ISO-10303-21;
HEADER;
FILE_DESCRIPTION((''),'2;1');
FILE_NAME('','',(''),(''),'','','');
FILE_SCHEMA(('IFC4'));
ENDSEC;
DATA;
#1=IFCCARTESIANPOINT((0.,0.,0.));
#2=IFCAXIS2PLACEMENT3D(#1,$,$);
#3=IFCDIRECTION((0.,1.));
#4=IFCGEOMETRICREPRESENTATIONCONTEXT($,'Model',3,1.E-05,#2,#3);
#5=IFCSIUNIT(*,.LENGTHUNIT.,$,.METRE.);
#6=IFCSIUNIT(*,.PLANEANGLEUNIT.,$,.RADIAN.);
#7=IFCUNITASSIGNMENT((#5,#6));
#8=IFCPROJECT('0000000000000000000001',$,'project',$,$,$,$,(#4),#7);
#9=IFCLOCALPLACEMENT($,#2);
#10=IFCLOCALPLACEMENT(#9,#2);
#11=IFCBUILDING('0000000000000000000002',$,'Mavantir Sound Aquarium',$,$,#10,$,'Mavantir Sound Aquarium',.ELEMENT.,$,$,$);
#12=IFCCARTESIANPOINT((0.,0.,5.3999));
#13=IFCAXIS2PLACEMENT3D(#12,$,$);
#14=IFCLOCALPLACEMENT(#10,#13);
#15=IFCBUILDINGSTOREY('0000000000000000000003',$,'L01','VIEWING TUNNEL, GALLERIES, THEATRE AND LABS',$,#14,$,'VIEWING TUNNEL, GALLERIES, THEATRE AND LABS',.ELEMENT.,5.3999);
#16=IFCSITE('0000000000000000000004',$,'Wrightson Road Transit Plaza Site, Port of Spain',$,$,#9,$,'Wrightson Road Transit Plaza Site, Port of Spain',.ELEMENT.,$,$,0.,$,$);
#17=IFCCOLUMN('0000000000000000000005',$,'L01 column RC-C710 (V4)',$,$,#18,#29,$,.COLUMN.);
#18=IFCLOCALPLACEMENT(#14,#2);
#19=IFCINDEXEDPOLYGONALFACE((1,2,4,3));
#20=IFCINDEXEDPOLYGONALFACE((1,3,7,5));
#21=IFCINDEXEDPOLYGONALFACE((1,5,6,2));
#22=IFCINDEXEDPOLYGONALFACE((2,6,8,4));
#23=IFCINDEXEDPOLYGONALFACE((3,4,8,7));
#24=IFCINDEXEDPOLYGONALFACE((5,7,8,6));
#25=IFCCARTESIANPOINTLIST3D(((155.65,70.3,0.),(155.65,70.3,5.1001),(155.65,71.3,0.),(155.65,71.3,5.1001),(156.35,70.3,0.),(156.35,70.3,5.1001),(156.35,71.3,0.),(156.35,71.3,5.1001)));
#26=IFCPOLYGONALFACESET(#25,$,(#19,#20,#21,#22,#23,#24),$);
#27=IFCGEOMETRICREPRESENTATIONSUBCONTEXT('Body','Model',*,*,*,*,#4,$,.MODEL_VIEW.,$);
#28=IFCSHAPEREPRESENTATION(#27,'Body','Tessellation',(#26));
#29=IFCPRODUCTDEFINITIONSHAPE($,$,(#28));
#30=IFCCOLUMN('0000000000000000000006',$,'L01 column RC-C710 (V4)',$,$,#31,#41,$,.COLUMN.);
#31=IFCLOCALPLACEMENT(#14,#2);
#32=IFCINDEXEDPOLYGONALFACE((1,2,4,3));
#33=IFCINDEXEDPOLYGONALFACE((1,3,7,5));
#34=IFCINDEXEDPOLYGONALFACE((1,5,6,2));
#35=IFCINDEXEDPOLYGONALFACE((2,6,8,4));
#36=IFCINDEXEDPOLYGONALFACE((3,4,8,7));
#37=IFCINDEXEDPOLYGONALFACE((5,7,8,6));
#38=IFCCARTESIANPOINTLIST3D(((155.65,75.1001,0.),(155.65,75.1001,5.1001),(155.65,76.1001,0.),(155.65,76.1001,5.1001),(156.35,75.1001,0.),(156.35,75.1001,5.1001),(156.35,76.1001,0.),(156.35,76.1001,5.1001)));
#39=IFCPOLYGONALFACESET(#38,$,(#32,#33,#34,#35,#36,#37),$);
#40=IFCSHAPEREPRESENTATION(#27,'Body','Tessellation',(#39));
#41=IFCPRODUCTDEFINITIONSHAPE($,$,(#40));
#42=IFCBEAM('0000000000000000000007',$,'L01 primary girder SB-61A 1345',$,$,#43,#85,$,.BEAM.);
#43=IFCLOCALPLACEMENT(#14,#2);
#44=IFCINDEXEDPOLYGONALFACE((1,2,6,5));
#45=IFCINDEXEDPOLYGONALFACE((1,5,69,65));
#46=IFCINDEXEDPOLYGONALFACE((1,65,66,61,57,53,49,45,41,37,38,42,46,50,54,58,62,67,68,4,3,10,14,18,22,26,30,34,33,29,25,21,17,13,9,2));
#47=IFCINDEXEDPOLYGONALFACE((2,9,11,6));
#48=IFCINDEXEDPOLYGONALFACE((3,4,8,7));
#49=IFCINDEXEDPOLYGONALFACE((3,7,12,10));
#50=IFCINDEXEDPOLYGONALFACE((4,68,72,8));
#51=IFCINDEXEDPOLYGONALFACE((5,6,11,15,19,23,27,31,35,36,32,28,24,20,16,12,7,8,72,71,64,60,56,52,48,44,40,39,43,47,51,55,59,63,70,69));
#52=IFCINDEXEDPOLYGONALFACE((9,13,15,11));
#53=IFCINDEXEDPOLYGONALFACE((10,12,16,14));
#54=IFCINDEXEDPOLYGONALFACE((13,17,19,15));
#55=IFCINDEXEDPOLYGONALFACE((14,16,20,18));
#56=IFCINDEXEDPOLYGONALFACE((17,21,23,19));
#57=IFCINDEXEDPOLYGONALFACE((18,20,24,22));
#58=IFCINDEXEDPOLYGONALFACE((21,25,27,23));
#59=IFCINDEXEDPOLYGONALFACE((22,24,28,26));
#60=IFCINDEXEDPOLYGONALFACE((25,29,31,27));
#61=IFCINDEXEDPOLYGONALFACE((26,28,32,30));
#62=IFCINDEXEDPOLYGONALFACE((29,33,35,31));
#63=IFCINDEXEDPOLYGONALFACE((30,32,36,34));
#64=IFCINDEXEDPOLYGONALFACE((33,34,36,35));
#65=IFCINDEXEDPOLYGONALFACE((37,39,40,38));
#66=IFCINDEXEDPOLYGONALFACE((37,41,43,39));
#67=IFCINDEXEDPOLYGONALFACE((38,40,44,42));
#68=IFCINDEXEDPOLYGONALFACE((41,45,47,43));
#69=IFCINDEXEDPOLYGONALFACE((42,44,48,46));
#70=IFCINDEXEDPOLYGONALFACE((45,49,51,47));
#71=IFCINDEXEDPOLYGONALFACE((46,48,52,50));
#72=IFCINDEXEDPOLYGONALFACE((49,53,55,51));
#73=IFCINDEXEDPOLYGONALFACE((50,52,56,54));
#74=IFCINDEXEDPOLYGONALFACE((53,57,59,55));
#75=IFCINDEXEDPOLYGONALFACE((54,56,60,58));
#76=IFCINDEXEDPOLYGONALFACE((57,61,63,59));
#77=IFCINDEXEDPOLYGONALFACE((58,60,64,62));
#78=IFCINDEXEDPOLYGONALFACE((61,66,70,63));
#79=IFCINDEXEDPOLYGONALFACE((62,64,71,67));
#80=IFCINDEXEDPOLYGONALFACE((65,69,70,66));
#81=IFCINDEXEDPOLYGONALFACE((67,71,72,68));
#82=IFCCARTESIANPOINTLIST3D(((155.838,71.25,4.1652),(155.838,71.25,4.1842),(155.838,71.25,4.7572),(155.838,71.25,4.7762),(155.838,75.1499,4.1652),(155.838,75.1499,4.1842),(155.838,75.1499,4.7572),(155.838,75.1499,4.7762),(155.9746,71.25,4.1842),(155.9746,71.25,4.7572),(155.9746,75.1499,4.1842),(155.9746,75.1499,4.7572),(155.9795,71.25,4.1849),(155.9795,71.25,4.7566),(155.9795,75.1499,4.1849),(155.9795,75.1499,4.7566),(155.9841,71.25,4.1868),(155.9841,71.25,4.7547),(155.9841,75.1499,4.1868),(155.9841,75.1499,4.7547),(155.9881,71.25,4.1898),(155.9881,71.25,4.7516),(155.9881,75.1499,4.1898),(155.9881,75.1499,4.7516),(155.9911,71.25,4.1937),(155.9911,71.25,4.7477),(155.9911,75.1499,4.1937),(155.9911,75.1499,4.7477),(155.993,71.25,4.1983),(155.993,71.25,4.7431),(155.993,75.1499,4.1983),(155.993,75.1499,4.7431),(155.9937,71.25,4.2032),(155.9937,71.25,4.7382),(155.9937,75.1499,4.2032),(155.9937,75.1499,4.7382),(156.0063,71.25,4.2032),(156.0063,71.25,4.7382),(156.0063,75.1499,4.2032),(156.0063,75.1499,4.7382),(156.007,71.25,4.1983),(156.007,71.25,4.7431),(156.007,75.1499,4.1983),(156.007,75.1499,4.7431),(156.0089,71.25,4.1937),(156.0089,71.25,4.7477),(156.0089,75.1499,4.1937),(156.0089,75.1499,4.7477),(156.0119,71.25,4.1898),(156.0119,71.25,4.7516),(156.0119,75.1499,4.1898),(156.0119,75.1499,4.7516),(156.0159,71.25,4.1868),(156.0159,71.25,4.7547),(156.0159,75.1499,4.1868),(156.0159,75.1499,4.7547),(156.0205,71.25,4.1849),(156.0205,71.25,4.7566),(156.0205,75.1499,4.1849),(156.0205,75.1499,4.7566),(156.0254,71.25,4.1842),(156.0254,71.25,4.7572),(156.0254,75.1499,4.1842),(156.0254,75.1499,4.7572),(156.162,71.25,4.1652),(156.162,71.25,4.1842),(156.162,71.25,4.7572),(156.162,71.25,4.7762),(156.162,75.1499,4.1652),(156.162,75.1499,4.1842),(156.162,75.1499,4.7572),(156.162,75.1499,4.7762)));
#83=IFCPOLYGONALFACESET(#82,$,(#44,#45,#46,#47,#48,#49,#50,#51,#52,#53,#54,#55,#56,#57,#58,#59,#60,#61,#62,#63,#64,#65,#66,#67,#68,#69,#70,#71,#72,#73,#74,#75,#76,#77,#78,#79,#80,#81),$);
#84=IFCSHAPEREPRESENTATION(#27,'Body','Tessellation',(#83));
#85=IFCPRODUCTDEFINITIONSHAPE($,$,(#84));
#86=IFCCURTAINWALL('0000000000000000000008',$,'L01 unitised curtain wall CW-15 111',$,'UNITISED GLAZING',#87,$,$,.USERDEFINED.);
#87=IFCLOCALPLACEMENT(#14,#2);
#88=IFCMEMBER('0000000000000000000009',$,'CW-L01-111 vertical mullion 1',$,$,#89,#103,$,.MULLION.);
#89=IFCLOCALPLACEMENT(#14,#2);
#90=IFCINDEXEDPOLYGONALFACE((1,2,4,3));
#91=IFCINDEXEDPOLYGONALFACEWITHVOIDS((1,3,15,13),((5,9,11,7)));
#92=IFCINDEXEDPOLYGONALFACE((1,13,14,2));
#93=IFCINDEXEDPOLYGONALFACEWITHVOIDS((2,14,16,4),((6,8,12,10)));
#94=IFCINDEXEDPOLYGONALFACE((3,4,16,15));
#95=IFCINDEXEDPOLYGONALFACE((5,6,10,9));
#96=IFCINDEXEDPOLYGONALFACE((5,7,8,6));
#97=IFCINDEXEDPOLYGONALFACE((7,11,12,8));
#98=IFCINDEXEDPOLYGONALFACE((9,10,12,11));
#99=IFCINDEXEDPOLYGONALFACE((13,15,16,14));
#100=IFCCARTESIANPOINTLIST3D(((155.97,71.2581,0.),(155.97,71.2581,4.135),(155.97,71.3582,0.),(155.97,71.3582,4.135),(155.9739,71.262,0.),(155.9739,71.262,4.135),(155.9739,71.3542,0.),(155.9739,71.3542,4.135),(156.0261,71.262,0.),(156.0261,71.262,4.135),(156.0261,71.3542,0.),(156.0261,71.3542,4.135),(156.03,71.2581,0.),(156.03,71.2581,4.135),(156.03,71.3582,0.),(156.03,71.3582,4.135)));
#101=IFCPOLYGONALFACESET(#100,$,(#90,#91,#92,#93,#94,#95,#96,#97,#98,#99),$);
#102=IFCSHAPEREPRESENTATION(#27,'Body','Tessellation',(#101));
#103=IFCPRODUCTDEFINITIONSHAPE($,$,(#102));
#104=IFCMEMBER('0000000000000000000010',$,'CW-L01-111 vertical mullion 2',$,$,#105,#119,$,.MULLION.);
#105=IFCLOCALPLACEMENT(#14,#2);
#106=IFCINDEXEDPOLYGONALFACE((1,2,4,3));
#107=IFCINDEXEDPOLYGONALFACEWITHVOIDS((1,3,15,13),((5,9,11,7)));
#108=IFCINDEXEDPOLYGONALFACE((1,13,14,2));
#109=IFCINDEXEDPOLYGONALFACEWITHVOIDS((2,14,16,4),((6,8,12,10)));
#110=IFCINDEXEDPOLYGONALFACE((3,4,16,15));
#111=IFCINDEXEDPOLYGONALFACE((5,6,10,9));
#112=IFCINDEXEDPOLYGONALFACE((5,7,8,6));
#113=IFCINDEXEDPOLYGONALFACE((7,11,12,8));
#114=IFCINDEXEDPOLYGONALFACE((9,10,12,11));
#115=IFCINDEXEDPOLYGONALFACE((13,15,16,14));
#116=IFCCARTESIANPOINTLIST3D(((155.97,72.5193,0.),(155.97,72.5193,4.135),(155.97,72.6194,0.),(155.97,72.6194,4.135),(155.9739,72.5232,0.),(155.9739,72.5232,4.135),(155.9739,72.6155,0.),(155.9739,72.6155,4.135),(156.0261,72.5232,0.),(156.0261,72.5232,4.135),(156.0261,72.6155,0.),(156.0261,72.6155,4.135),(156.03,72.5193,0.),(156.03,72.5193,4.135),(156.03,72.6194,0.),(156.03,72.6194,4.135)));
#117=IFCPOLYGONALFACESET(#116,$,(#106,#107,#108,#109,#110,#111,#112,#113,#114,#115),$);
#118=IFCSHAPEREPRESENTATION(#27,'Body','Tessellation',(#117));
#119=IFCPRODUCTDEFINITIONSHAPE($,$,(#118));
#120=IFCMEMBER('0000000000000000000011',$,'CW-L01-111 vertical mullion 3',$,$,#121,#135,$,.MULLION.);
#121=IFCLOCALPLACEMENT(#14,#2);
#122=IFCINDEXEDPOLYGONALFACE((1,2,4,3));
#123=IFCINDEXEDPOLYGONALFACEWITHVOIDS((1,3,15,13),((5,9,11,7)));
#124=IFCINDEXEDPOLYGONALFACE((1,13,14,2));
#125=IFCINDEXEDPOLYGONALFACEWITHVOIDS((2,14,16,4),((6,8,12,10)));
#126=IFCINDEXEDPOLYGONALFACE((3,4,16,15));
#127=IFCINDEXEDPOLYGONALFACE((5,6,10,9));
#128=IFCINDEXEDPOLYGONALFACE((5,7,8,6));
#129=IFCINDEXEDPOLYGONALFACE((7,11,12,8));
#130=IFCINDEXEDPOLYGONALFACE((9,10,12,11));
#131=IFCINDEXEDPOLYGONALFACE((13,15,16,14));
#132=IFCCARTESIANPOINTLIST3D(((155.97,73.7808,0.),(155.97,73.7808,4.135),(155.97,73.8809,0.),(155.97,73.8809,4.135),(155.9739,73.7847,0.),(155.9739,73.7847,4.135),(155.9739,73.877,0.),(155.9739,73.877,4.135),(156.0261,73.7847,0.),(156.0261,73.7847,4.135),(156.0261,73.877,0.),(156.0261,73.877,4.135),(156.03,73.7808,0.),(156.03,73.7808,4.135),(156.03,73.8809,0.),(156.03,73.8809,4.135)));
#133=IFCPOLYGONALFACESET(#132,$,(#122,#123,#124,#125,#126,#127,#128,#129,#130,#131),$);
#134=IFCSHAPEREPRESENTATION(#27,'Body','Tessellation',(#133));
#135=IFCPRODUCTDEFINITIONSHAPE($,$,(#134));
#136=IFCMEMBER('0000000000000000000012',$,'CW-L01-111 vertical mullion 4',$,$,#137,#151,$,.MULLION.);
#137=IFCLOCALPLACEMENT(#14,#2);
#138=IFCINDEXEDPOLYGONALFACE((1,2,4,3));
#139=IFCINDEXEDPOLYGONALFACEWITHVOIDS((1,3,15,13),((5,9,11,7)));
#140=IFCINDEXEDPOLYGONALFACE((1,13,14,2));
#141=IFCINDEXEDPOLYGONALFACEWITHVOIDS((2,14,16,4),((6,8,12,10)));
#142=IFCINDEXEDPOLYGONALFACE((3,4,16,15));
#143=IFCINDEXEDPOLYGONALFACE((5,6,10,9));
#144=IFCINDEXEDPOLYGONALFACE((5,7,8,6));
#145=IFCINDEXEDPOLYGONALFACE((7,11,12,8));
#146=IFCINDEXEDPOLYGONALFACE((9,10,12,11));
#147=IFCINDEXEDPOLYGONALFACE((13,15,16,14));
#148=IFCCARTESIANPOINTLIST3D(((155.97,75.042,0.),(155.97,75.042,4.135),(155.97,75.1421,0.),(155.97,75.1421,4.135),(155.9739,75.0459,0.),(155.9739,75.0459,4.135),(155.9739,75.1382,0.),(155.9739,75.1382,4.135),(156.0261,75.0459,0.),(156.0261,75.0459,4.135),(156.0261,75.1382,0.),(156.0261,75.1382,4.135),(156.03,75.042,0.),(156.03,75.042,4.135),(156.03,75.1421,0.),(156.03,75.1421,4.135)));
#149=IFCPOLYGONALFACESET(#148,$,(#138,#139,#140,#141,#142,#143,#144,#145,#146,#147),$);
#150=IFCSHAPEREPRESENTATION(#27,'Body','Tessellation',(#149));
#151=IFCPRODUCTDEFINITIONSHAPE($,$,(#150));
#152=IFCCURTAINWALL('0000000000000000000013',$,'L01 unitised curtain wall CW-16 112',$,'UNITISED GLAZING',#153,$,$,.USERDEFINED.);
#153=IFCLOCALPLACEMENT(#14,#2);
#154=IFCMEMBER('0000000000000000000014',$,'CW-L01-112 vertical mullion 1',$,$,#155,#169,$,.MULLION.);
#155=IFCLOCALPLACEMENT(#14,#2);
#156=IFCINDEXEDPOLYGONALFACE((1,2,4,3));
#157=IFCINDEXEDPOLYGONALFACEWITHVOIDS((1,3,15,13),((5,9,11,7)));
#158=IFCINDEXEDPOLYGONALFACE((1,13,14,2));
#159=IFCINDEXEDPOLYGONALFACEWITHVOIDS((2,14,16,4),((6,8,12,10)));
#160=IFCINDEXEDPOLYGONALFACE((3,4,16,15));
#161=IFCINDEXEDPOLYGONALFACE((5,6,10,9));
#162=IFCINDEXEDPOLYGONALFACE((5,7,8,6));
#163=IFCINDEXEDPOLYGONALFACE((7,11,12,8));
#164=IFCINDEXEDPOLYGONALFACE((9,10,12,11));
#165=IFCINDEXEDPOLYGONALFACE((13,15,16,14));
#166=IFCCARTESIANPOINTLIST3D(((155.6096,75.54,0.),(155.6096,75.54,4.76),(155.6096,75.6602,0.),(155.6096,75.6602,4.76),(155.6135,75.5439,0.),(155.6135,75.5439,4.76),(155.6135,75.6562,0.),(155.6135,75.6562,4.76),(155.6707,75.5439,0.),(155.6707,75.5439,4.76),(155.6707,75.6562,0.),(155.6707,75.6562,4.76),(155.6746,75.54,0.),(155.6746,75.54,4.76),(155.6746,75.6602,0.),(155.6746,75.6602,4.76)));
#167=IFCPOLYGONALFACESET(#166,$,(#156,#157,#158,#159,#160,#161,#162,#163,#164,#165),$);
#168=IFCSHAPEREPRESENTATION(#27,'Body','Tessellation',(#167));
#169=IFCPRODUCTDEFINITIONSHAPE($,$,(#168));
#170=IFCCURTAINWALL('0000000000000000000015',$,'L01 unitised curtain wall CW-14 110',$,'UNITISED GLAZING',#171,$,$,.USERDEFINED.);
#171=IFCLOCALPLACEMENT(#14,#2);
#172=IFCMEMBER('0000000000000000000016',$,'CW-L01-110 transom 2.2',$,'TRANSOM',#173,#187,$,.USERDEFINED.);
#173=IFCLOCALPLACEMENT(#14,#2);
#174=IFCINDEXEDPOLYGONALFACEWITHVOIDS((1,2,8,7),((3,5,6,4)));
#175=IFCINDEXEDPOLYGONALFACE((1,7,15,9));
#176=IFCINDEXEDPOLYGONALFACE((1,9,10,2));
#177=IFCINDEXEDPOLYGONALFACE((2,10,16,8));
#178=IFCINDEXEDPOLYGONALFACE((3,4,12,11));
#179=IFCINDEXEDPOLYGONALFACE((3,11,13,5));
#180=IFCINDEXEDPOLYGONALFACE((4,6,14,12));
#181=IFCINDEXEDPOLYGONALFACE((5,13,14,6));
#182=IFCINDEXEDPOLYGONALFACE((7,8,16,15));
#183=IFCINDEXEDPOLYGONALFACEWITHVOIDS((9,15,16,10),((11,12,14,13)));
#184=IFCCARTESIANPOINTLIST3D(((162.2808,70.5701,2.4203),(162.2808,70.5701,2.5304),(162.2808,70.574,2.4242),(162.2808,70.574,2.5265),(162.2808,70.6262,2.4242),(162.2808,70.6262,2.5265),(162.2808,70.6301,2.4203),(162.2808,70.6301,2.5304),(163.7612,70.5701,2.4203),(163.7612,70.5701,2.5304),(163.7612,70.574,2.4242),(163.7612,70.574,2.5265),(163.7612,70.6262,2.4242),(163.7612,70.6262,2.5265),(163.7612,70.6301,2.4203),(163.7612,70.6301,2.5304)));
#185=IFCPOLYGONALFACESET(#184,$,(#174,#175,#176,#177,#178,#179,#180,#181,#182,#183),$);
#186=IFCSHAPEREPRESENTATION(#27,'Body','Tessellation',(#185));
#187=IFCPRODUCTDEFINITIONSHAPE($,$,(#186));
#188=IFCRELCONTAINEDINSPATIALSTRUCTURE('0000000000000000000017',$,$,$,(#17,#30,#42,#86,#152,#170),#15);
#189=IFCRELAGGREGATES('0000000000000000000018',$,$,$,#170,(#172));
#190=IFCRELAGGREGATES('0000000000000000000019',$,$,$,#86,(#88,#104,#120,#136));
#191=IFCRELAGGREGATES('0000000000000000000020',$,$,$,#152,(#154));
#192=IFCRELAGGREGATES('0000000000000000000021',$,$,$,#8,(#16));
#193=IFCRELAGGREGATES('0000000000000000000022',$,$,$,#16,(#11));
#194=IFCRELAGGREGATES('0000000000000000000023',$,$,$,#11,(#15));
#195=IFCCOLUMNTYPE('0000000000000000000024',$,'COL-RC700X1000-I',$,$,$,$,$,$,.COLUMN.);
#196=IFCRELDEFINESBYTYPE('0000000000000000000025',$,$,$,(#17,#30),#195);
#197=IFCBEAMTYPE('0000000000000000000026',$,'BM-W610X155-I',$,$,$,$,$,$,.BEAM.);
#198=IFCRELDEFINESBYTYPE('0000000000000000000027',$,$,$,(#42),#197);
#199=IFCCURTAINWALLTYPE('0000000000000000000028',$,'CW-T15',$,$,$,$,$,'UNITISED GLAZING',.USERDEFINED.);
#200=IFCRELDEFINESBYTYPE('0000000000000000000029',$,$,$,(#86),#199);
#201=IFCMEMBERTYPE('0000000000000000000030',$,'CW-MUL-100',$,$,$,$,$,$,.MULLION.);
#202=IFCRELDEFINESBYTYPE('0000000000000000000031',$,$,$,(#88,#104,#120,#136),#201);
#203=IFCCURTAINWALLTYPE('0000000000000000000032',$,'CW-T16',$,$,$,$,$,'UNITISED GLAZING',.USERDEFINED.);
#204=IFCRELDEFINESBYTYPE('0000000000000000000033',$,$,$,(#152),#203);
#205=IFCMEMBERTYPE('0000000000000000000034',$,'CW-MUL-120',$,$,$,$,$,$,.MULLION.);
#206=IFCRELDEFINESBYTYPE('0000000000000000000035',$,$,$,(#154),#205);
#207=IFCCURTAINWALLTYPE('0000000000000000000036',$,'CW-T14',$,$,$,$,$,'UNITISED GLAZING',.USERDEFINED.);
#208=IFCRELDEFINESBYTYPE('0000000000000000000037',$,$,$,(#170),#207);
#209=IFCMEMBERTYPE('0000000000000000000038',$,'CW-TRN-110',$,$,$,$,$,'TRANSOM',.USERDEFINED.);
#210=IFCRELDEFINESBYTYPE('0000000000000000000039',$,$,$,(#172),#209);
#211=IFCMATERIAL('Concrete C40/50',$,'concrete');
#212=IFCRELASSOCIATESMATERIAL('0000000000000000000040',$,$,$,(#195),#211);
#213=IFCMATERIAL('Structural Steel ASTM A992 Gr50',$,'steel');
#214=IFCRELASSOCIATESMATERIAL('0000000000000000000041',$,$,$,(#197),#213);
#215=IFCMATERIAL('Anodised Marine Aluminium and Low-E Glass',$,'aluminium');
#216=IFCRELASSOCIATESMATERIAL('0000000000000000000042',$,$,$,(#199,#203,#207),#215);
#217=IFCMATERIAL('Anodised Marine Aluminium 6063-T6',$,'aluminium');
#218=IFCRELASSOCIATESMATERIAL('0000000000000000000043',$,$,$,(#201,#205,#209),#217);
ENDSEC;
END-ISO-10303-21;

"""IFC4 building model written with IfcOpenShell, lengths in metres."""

from ifc_helpers import new_model, si_unit, direction, frame, origin, origin_2d, place, context, subcontext, project, spatial, rectangle, hollow_rectangle, i_section, extrude, material, material_profile, profile_set, type_object, element, aggregate, save


model = new_model("IFC4")

# Units and contexts
model_context = context("Model", 3, precision=1e-05, world=origin(), true_north=direction((0.0, 1.0)))
body_context = subcontext(model_context, "Body", "Model", "MODEL_VIEW")
ifc_project = project(units=[si_unit("LENGTHUNIT", "METRE"), si_unit("PLANEANGLEUNIT", "RADIAN")], contexts=[model_context])

# Site, building, storey
site_placement = place(None, origin())
site = spatial("IfcSite", under=ifc_project, at=site_placement, Name="Wrightson Road Transit Plaza Site, Port of Spain", LongName="Wrightson Road Transit Plaza Site, Port of Spain", CompositionType="ELEMENT", RefElevation=0.0)
building_placement = place(site_placement, origin())
building = spatial("IfcBuilding", under=site, at=building_placement, Name="Mavantir Sound Aquarium", LongName="Mavantir Sound Aquarium", CompositionType="ELEMENT")
storey_placement = place(building_placement, frame((0.0, 0.0, 5.3999)))
storey = spatial("IfcBuildingStorey", under=building, at=storey_placement, Name="L01", Description="VIEWING TUNNEL, GALLERIES, THEATRE AND LABS", LongName="VIEWING TUNNEL, GALLERIES, THEATRE AND LABS", CompositionType="ELEMENT", Elevation=5.3999)

# Columns
ifc_material_1 = material(Name="Concrete C40/50", Category="concrete")
ifc_material_profile_1 = material_profile(ifc_material_1, rectangle(XDim=0.7, YDim=1.0, at=origin_2d()), Name="RC 700X1000")
ifc_profile_set_1 = profile_set([ifc_material_profile_1], Name="Concrete C40/50")
column_type = type_object("IfcColumnType", Name="COL-RC700X1000-I", PredefinedType="COLUMN", material=ifc_profile_set_1)
for number, where, z_axis, x_axis, name in (
    (1, (156.0, 70.8, 0.0), (0.0, 0.0, 1.0), (1.0, 0.0, 0.0), "L01 column RC-C710 (V4)"),
    (2, (156.0, 75.6001, 0.0), (0.0, 0.0, 1.0), (1.0, 0.0, 0.0), "L01 column RC-C710 (V4)"),
):
    element("IfcColumn", number, at=place(storey_placement, frame(where, z_axis=z_axis, x_axis=x_axis)), inside=storey, type_object=column_type, Name=name, PredefinedType="COLUMN", context=body_context, shape_type="SweptSolid", body=[
        extrude(rectangle(XDim=0.7, YDim=1.0, at=origin_2d()), origin(), (0.0, 0.0, 1.0), 5.1001),
    ])

# Beam
ifc_material_2 = material(Name="Structural Steel ASTM A992 Gr50", Category="steel")
ifc_material_profile_2 = material_profile(ifc_material_2, i_section(OverallWidth=0.324, OverallDepth=0.6111, WebThickness=0.0127, FlangeThickness=0.019, FilletRadius=0.019, at=origin_2d()), Name="W610X155")
ifc_profile_set_2 = profile_set([ifc_material_profile_2], Name="Structural Steel ASTM A992 Gr50")
beam_type = type_object("IfcBeamType", Name="BM-W610X155-I", PredefinedType="BEAM", material=ifc_profile_set_2)
beam_placement = place(storey_placement, frame((156.0, 71.25, 4.4707), z_axis=(0.0, 1.0, 0.0), x_axis=(-1.0, 0.0, 0.0)))
element("IfcBeam", 3, at=beam_placement, inside=storey, type_object=beam_type, Name="L01 primary girder SB-61A 1345", PredefinedType="BEAM", context=body_context, shape_type="SweptSolid", body=[
    extrude(i_section(OverallWidth=0.324, OverallDepth=0.6111, WebThickness=0.0127, FlangeThickness=0.019, FilletRadius=0.019, at=origin_2d()), origin(), (0.0, 0.0, 1.0), 3.8999),
])

# Curtain wall, members
ifc_material_3 = material(Name="Anodised Marine Aluminium and Low-E Glass", Category="aluminium")
curtain_wall_type_1 = type_object("IfcCurtainWallType", Name="CW-T15", ElementType="UNITISED GLAZING", PredefinedType="USERDEFINED", material=ifc_material_3)
curtain_wall_1_placement = place(storey_placement, origin())
curtain_wall_1 = element("IfcCurtainWall", 4, at=curtain_wall_1_placement, inside=storey, type_object=curtain_wall_type_1, Name="L01 unitised curtain wall CW-15 111", ObjectType="UNITISED GLAZING", PredefinedType="USERDEFINED")
ifc_material_4 = material(Name="Anodised Marine Aluminium 6063-T6", Category="aluminium")
ifc_material_profile_3 = material_profile(ifc_material_4, hollow_rectangle(XDim=0.0601, YDim=0.1001, WallThickness=0.0039, at=origin_2d()), Name="ALU-MULLION-100X60")
ifc_profile_set_3 = profile_set([ifc_material_profile_3], Name="Anodised Marine Aluminium 6063-T6")
member_type_1 = type_object("IfcMemberType", Name="CW-MUL-100", PredefinedType="MULLION", material=ifc_profile_set_3)
member_1_placement = place(storey_placement, frame((156.0, 71.3081, 0.0), z_axis=(0.0, 0.0, 1.0), x_axis=(1.0, 0.0, 0.0)))
member_1 = element("IfcMember", 5, at=member_1_placement, type_object=member_type_1, Name="CW-L01-111 vertical mullion 1", PredefinedType="MULLION", context=body_context, shape_type="SweptSolid", body=[
    extrude(hollow_rectangle(XDim=0.0601, YDim=0.1001, WallThickness=0.0039, at=origin_2d()), origin(), (0.0, 0.0, 1.0), 4.135),
])
member_2_placement = place(storey_placement, frame((156.0, 72.5693, 0.0), z_axis=(0.0, 0.0, 1.0), x_axis=(1.0, 0.0, 0.0)))
member_2 = element("IfcMember", 6, at=member_2_placement, type_object=member_type_1, Name="CW-L01-111 vertical mullion 2", PredefinedType="MULLION", context=body_context, shape_type="SweptSolid", body=[
    extrude(hollow_rectangle(XDim=0.0601, YDim=0.1001, WallThickness=0.0039, at=origin_2d()), origin(), (0.0, 0.0, 1.0), 4.135),
])
member_3_placement = place(storey_placement, frame((156.0, 73.8308, 0.0), z_axis=(0.0, 0.0, 1.0), x_axis=(1.0, 0.0, 0.0)))
member_3 = element("IfcMember", 7, at=member_3_placement, type_object=member_type_1, Name="CW-L01-111 vertical mullion 3", PredefinedType="MULLION", context=body_context, shape_type="SweptSolid", body=[
    extrude(hollow_rectangle(XDim=0.0601, YDim=0.1001, WallThickness=0.0039, at=origin_2d()), origin(), (0.0, 0.0, 1.0), 4.135),
])
member_4_placement = place(storey_placement, frame((156.0, 75.092, 0.0), z_axis=(0.0, 0.0, 1.0), x_axis=(1.0, 0.0, 0.0)))
member_4 = element("IfcMember", 8, at=member_4_placement, type_object=member_type_1, Name="CW-L01-111 vertical mullion 4", PredefinedType="MULLION", context=body_context, shape_type="SweptSolid", body=[
    extrude(hollow_rectangle(XDim=0.0601, YDim=0.1001, WallThickness=0.0039, at=origin_2d()), origin(), (0.0, 0.0, 1.0), 4.135),
])

# Curtain wall, member
curtain_wall_type_2 = type_object("IfcCurtainWallType", Name="CW-T16", ElementType="UNITISED GLAZING", PredefinedType="USERDEFINED", material=ifc_material_3)
curtain_wall_2_placement = place(storey_placement, origin())
curtain_wall_2 = element("IfcCurtainWall", 9, at=curtain_wall_2_placement, inside=storey, type_object=curtain_wall_type_2, Name="L01 unitised curtain wall CW-16 112", ObjectType="UNITISED GLAZING", PredefinedType="USERDEFINED")
ifc_material_profile_4 = material_profile(ifc_material_4, hollow_rectangle(XDim=0.0649, YDim=0.1201, WallThickness=0.0039, at=origin_2d()), Name="ALU-MULLION-120X65")
ifc_profile_set_4 = profile_set([ifc_material_profile_4], Name="Anodised Marine Aluminium 6063-T6")
member_type_2 = type_object("IfcMemberType", Name="CW-MUL-120", PredefinedType="MULLION", material=ifc_profile_set_4)
member_5_placement = place(storey_placement, frame((155.6421, 75.6001, 0.0), z_axis=(0.0, 0.0, 1.0), x_axis=(1.0, 0.0, 0.0)))
member_5 = element("IfcMember", 10, at=member_5_placement, type_object=member_type_2, Name="CW-L01-112 vertical mullion 1", PredefinedType="MULLION", context=body_context, shape_type="SweptSolid", body=[
    extrude(hollow_rectangle(XDim=0.0649, YDim=0.1201, WallThickness=0.0039, at=origin_2d()), origin(), (0.0, 0.0, 1.0), 4.76),
])

# Curtain wall, member
curtain_wall_type_3 = type_object("IfcCurtainWallType", Name="CW-T14", ElementType="UNITISED GLAZING", PredefinedType="USERDEFINED", material=ifc_material_3)
curtain_wall_3_placement = place(storey_placement, origin())
curtain_wall_3 = element("IfcCurtainWall", 11, at=curtain_wall_3_placement, inside=storey, type_object=curtain_wall_type_3, Name="L01 unitised curtain wall CW-14 110", ObjectType="UNITISED GLAZING", PredefinedType="USERDEFINED")
ifc_material_profile_5 = material_profile(ifc_material_4, hollow_rectangle(XDim=0.0601, YDim=0.1101, WallThickness=0.0039, at=origin_2d()), Name="ALU-TRANSOM-110X60")
ifc_profile_set_5 = profile_set([ifc_material_profile_5], Name="Anodised Marine Aluminium 6063-T6")
member_type_3 = type_object("IfcMemberType", Name="CW-TRN-110", ElementType="TRANSOM", PredefinedType="USERDEFINED", material=ifc_profile_set_5)
member_6_placement = place(storey_placement, frame((163.7612, 70.6001, 2.4753), z_axis=(-1.0, 0.0, 0.0), x_axis=(0.0, -1.0, 0.0)))
member_6 = element("IfcMember", 12, at=member_6_placement, type_object=member_type_3, Name="CW-L01-110 transom 2.2", ObjectType="TRANSOM", PredefinedType="USERDEFINED", context=body_context, shape_type="SweptSolid", body=[
    extrude(hollow_rectangle(XDim=0.0601, YDim=0.1101, WallThickness=0.0039, at=origin_2d()), origin(), (0.0, 0.0, 1.0), 1.4805),
])
aggregate(curtain_wall_3, [member_6])

aggregate(curtain_wall_1, [member_1, member_2, member_3, member_4])
aggregate(curtain_wall_2, [member_5])

save(model, "model.ifc")
